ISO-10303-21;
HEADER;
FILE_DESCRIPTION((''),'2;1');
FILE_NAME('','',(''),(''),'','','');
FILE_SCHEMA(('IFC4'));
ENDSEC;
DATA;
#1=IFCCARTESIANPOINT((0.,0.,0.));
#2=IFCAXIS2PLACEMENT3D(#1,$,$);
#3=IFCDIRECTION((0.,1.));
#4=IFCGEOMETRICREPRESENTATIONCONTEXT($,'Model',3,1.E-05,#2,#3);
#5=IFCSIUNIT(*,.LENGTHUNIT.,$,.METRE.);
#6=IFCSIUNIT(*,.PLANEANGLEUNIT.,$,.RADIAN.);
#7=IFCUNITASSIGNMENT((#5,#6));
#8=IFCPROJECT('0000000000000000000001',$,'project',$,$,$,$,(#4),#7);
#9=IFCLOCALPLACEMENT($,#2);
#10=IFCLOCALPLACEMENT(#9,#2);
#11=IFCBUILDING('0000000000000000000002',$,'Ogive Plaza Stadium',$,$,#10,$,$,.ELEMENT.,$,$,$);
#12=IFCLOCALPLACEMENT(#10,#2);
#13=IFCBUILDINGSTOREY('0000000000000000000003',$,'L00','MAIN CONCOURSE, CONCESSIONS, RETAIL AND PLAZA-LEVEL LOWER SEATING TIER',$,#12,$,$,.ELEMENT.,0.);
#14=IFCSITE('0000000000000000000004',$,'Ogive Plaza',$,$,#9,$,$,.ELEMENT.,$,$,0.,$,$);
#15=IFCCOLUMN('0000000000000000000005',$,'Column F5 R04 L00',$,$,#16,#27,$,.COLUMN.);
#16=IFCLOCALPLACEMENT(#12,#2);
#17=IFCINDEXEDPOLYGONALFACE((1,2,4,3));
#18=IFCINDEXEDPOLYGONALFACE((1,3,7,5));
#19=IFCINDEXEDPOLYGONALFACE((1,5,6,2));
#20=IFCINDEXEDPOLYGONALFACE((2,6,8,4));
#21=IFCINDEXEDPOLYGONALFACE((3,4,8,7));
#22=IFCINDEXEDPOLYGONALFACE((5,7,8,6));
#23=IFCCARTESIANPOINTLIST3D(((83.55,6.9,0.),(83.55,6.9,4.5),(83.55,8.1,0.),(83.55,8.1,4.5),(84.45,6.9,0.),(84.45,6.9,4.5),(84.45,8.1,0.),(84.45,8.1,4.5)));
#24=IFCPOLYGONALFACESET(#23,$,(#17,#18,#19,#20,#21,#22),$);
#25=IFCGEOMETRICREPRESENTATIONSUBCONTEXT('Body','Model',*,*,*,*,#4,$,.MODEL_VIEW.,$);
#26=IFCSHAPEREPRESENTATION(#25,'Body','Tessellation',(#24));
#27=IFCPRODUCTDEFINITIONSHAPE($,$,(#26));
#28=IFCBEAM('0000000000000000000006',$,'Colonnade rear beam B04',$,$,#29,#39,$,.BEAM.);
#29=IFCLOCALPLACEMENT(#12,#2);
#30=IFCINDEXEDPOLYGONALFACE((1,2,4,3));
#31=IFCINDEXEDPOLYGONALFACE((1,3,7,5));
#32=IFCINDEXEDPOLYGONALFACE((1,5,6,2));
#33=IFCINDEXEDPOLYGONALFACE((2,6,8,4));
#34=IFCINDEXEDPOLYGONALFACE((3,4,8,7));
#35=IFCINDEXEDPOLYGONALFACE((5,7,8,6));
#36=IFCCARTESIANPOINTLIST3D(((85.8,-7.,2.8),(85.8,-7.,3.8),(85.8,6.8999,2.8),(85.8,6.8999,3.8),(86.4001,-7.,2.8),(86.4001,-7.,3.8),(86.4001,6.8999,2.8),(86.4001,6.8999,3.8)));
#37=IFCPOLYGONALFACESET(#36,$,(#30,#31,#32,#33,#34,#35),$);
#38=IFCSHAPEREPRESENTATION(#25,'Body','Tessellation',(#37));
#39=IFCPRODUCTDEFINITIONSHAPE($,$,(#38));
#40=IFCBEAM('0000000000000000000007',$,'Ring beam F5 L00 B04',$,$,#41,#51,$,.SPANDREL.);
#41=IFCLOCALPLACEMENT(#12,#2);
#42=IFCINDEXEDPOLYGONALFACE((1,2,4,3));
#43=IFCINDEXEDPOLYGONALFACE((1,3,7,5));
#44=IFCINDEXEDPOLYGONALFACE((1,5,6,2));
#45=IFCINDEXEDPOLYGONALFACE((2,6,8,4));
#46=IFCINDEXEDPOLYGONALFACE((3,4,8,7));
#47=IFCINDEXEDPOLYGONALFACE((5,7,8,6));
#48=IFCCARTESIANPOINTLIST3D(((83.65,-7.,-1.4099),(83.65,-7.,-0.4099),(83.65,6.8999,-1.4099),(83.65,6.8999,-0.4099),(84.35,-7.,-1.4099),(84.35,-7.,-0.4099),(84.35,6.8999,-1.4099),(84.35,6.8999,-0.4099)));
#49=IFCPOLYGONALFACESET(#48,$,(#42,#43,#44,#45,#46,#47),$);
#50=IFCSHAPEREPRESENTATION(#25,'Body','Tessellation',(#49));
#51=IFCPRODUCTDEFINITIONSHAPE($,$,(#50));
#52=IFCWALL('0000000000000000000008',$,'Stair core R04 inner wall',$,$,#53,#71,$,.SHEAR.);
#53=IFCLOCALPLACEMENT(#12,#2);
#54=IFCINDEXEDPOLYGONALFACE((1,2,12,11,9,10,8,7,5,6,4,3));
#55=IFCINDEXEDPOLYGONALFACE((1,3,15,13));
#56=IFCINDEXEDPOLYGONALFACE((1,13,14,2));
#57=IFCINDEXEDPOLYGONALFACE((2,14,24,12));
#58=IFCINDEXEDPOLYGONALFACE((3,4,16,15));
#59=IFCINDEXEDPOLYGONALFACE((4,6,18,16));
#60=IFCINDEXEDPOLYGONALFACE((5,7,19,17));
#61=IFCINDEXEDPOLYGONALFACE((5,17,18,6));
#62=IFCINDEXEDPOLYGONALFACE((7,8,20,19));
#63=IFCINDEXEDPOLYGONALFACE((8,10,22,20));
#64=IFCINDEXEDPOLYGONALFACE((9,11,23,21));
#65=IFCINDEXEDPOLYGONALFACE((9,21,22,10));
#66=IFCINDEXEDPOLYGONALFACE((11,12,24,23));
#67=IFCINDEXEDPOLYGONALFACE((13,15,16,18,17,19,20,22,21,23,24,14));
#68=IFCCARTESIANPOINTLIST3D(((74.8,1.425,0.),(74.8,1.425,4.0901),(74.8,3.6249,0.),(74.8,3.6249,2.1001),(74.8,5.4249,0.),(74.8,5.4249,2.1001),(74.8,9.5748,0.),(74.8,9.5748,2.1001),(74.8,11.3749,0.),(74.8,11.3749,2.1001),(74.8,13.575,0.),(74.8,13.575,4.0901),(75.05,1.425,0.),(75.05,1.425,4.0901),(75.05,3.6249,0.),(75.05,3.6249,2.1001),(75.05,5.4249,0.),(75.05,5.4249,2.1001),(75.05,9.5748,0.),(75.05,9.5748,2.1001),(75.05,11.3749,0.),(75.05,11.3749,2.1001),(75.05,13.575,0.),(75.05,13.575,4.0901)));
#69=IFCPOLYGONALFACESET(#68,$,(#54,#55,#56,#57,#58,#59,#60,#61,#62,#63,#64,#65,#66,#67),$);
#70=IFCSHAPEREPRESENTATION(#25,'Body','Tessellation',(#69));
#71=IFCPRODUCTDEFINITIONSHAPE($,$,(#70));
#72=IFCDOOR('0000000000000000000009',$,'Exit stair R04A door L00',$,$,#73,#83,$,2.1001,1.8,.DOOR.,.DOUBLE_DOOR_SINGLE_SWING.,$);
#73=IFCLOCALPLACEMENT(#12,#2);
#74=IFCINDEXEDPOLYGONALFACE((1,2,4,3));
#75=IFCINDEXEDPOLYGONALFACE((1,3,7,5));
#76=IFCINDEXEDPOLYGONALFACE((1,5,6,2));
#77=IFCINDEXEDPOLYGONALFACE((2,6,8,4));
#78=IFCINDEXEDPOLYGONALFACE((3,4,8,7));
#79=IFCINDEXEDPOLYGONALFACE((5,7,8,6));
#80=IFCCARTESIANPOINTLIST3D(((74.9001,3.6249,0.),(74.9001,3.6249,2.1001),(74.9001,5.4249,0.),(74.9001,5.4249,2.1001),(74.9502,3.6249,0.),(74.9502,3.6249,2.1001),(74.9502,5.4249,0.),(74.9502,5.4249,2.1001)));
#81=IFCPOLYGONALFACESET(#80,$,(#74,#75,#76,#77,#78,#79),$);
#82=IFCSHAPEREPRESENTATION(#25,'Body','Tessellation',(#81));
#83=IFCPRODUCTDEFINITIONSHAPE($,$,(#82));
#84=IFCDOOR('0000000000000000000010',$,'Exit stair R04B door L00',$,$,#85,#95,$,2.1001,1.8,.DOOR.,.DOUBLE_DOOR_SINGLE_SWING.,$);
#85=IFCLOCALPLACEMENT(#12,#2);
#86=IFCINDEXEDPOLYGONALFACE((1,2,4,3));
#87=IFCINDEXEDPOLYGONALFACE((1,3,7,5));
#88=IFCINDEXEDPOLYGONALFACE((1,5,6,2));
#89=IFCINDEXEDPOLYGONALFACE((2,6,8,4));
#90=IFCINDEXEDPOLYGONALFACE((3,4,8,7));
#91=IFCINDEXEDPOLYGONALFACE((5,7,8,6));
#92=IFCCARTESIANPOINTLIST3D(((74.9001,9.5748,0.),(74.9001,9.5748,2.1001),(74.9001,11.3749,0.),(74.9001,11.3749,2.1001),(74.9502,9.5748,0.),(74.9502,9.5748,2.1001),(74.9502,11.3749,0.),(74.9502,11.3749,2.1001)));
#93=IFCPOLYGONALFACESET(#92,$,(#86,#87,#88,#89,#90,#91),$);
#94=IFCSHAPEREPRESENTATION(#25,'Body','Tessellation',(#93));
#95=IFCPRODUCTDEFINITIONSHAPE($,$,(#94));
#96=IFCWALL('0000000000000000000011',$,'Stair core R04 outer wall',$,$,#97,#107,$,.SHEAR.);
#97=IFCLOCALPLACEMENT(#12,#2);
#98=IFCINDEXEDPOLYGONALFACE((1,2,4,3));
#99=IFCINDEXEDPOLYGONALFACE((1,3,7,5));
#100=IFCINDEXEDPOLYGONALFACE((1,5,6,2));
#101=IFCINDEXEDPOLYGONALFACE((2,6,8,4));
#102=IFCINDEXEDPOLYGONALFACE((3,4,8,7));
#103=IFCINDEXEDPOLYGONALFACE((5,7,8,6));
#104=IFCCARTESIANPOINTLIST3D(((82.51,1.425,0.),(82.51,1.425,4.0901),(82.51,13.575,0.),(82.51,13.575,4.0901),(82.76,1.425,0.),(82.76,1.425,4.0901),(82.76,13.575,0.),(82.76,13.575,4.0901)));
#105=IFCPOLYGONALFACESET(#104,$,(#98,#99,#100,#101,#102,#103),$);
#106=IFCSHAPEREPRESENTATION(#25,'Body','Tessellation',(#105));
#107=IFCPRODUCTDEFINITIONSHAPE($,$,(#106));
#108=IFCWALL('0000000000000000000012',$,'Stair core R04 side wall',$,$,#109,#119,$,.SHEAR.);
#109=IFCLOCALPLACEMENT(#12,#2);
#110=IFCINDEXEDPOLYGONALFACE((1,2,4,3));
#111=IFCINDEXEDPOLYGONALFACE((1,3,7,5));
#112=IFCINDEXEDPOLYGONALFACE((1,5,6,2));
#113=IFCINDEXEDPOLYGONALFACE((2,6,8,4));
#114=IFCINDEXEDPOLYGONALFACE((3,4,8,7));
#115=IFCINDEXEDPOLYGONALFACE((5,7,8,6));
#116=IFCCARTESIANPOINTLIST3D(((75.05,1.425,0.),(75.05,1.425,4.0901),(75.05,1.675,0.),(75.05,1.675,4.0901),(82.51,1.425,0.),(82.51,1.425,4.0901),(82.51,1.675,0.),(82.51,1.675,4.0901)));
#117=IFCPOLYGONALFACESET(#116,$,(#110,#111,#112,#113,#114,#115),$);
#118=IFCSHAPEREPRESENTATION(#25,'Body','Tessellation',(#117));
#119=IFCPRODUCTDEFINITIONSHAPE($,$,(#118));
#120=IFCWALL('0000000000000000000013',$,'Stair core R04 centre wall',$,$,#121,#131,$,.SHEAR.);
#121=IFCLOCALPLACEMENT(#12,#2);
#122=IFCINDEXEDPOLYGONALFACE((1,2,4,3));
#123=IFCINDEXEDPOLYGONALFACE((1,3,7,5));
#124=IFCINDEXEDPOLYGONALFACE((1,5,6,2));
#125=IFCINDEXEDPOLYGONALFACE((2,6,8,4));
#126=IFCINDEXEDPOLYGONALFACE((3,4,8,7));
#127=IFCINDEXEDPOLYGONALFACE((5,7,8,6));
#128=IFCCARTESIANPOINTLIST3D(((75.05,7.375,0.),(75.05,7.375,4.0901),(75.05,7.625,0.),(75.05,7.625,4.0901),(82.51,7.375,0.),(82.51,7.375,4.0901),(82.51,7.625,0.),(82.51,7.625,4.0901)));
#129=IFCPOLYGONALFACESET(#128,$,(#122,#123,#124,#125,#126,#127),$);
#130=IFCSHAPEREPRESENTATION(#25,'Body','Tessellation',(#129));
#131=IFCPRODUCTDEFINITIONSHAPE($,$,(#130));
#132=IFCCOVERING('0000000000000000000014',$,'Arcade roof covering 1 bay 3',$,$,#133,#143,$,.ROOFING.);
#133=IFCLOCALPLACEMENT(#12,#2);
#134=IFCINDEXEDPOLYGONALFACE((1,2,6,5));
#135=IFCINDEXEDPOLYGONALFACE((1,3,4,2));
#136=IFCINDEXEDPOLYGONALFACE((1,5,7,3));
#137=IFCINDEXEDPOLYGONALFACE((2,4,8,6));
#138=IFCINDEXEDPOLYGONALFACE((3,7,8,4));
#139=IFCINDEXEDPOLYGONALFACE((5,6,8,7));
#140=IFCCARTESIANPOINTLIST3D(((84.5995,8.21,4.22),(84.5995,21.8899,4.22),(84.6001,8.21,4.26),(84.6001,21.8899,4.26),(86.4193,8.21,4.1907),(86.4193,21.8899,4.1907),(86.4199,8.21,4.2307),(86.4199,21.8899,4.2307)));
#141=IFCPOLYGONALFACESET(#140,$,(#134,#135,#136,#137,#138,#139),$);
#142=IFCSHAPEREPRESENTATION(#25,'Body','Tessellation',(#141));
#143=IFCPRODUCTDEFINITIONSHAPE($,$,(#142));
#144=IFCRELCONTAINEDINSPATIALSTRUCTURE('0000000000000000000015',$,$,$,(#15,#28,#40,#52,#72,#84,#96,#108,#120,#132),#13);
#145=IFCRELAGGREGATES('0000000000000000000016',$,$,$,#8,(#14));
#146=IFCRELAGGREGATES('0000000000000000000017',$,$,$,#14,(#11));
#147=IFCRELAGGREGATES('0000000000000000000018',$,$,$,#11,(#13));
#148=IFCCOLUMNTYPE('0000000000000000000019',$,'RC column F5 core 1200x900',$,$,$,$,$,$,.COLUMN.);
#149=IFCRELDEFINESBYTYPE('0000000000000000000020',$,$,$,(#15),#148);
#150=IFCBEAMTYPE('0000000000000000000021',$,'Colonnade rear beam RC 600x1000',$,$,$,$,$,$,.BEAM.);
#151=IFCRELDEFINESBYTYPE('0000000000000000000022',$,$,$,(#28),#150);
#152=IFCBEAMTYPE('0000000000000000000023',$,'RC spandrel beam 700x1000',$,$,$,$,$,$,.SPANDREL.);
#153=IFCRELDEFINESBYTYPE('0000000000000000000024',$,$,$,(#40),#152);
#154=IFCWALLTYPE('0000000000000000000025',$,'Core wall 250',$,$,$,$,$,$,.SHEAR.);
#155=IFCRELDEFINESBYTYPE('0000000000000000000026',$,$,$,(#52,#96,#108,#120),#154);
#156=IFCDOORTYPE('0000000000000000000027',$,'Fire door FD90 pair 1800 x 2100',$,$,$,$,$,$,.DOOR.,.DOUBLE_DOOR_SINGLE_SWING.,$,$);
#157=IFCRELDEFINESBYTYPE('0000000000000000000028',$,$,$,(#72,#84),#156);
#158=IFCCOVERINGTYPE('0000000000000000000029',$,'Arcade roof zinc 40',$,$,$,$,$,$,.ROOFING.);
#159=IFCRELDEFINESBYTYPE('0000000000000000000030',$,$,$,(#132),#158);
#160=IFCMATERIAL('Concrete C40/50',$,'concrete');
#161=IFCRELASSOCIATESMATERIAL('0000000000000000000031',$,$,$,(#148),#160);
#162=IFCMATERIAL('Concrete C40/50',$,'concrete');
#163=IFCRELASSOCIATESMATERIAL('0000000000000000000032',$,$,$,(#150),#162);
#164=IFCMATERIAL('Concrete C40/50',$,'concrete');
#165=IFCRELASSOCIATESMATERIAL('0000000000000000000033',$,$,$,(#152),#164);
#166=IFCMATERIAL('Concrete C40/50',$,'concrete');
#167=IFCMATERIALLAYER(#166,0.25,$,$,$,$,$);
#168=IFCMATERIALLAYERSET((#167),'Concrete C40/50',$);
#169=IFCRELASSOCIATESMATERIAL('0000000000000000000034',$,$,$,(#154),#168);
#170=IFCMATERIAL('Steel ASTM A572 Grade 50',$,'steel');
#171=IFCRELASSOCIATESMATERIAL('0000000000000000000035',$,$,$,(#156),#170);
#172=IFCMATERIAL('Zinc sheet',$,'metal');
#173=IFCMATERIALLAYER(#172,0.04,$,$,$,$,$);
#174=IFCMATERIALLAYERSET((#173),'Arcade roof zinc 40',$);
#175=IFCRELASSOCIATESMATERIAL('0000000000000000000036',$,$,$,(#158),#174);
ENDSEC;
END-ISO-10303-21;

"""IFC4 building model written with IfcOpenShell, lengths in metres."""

from ifc_helpers import new_model, si_unit, direction, frame, frame_2d, origin, origin_2d, place, context, subcontext, project, spatial, polyline, rectangle, outline, extrude, material, layer, layer_set, material_profile, profile_set, type_object, element, fill, save


model = new_model("IFC4")

# Units and contexts
model_context = context("Model", 3, precision=1e-05, world=origin(), true_north=direction((0.0, 1.0)))
body_context = subcontext(model_context, "Body", "Model", "MODEL_VIEW")
ifc_project = project(units=[si_unit("LENGTHUNIT", "METRE"), si_unit("PLANEANGLEUNIT", "RADIAN")], contexts=[model_context])

# Site, building, storey
site_placement = place(None, origin())
site = spatial("IfcSite", under=ifc_project, at=site_placement, Name="Ogive Plaza", CompositionType="ELEMENT", RefElevation=0.0)
building_placement = place(site_placement, origin())
building = spatial("IfcBuilding", under=site, at=building_placement, Name="Ogive Plaza Stadium", CompositionType="ELEMENT")
storey_placement = place(building_placement, origin())
storey = spatial("IfcBuildingStorey", under=building, at=storey_placement, Name="L00", Description="MAIN CONCOURSE, CONCESSIONS, RETAIL AND PLAZA-LEVEL LOWER SEATING TIER", CompositionType="ELEMENT", Elevation=0.0)

# Column
ifc_material_1 = material(Name="Concrete C40/50", Category="concrete")
ifc_material_profile_1 = material_profile(ifc_material_1, rectangle(XDim=1.2, YDim=0.8999, at=origin_2d()), Name="RC 1200x900")
ifc_profile_set_1 = profile_set([ifc_material_profile_1], Name="Concrete C40/50")
column_type = type_object("IfcColumnType", Name="RC column F5 core 1200x900", PredefinedType="COLUMN", material=ifc_profile_set_1)
column_placement = place(storey_placement, frame((84.0, 7.5, 0.0), z_axis=(0.0, 0.0, 1.0), x_axis=(0.0, 1.0, 0.0)))
element("IfcColumn", 1, at=column_placement, inside=storey, type_object=column_type, Name="Column F5 R04 L00", PredefinedType="COLUMN", context=body_context, shape_type="SweptSolid", body=[
    extrude(rectangle(XDim=1.2, YDim=0.8999, at=origin_2d()), origin(), (0.0, 0.0, 1.0), 4.5),
])

# Beams
ifc_material_2 = material(Name="Concrete C40/50", Category="concrete")
ifc_material_profile_2 = material_profile(ifc_material_2, rectangle(XDim=0.6001, YDim=1.0, at=origin_2d()), Name="RC 600x1000")
ifc_profile_set_2 = profile_set([ifc_material_profile_2], Name="Concrete C40/50")
beam_type_1 = type_object("IfcBeamType", Name="Colonnade rear beam RC 600x1000", PredefinedType="BEAM", material=ifc_profile_set_2)
beam_1_placement = place(storey_placement, frame((86.1001, 6.8999, 3.3), z_axis=(0.0, -1.0, 0.0), x_axis=(1.0, 0.0, 0.0)))
element("IfcBeam", 2, at=beam_1_placement, inside=storey, type_object=beam_type_1, Name="Colonnade rear beam B04", PredefinedType="BEAM", context=body_context, shape_type="SweptSolid", body=[
    extrude(rectangle(XDim=0.6001, YDim=1.0, at=origin_2d()), origin(), (0.0, 0.0, 1.0), 13.8999),
])
ifc_material_3 = material(Name="Concrete C40/50", Category="concrete")
ifc_material_profile_3 = material_profile(ifc_material_3, rectangle(XDim=0.7, YDim=1.0, at=origin_2d()), Name="RC 700x1000")
ifc_profile_set_3 = profile_set([ifc_material_profile_3], Name="Concrete C40/50")
beam_type_2 = type_object("IfcBeamType", Name="RC spandrel beam 700x1000", PredefinedType="SPANDREL", material=ifc_profile_set_3)
beam_2_placement = place(storey_placement, frame((84.0, 6.8999, -0.9099), z_axis=(0.0, -1.0, 0.0), x_axis=(1.0, 0.0, 0.0)))
element("IfcBeam", 3, at=beam_2_placement, inside=storey, type_object=beam_type_2, Name="Ring beam F5 L00 B04", PredefinedType="SPANDREL", context=body_context, shape_type="SweptSolid", body=[
    extrude(rectangle(XDim=0.7, YDim=1.0, at=origin_2d()), origin(), (0.0, 0.0, 1.0), 13.8999),
])

# Wall, openings, doors
ifc_material_4 = material(Name="Concrete C40/50", Category="concrete")
ifc_layer_1 = layer(ifc_material_4, 0.25)
ifc_layer_set_1 = layer_set([ifc_layer_1], Name="Concrete C40/50")
wall_type_1 = type_object("IfcWallType", Name="Core wall 250", PredefinedType="SHEAR", material=ifc_layer_set_1)
wall_1_placement = place(storey_placement, frame((74.925, 1.425, 0.0), z_axis=(0.0, 0.0, 1.0), x_axis=(0.0, 1.0, 0.0)))
wall_1 = element("IfcWall", 4, at=wall_1_placement, inside=storey, type_object=wall_type_1, Name="Stair core R04 inner wall", PredefinedType="SHEAR", context=body_context, shape_type="SweptSolid", body=[
    extrude(rectangle(XDim=12.1499, YDim=0.25, at=frame_2d((6.075, 0.0))), origin(), (0.0, 0.0, 1.0), 4.0901),
])
opening_1_placement = place(wall_1_placement, frame((2.2, 0.0, 0.0)))
opening_1 = element("IfcOpeningElement", 5, at=opening_1_placement, cuts=wall_1, PredefinedType="OPENING", context=body_context, shape_type="SweptSolid", body=[
    extrude(rectangle(XDim=1.8, YDim=2.1001, at=frame_2d((0.8999, 1.05))), frame((0.0, 0.125, 0.0), z_axis=(0.0, -1.0, 0.0), x_axis=(1.0, 0.0, 0.0)), (0.0, 0.0, 1.0), 0.25),
])
opening_2_placement = place(wall_1_placement, frame((8.1499, 0.0, 0.0)))
opening_2 = element("IfcOpeningElement", 6, at=opening_2_placement, cuts=wall_1, PredefinedType="OPENING", context=body_context, shape_type="SweptSolid", body=[
    extrude(rectangle(XDim=1.8, YDim=2.1001, at=frame_2d((0.8999, 1.05))), frame((0.0, 0.125, 0.0), z_axis=(0.0, -1.0, 0.0), x_axis=(1.0, 0.0, 0.0)), (0.0, 0.0, 1.0), 0.25),
])
ifc_material_5 = material(Name="Steel ASTM A572 Grade 50", Category="steel")
door_type_1 = type_object("IfcDoorType", Name="Fire door FD90 pair 1800 x 2100", OperationType="DOUBLE_DOOR_SINGLE_SWING", PredefinedType="DOOR", material=ifc_material_5)
door_1_placement = place(opening_1_placement, origin())
door_1 = element("IfcDoor", 7, at=door_1_placement, inside=storey, type_object=door_type_1, Name="Exit stair R04A door L00", OperationType="DOUBLE_DOOR_SINGLE_SWING", OverallHeight=2.1001, OverallWidth=1.8, PredefinedType="DOOR", context=body_context, shape_type="SweptSolid", body=[
    extrude(rectangle(XDim=1.8, YDim=2.1001, at=frame_2d((0.8999, 1.05))), frame((0.0, 0.0249, 0.0), z_axis=(0.0, -1.0, 0.0), x_axis=(1.0, 0.0, 0.0)), (0.0, 0.0, 1.0), 0.05),
])
fill(opening_1, door_1)
door_2_placement = place(opening_2_placement, origin())
door_2 = element("IfcDoor", 8, at=door_2_placement, inside=storey, type_object=door_type_1, Name="Exit stair R04B door L00", OperationType="DOUBLE_DOOR_SINGLE_SWING", OverallHeight=2.1001, OverallWidth=1.8, PredefinedType="DOOR", context=body_context, shape_type="SweptSolid", body=[
    extrude(rectangle(XDim=1.8, YDim=2.1001, at=frame_2d((0.8999, 1.05))), frame((0.0, 0.0249, 0.0), z_axis=(0.0, -1.0, 0.0), x_axis=(1.0, 0.0, 0.0)), (0.0, 0.0, 1.0), 0.05),
])
fill(opening_2, door_2)

# Walls
wall_2_placement = place(storey_placement, frame((82.635, 1.425, 0.0), z_axis=(0.0, 0.0, 1.0), x_axis=(0.0, 1.0, 0.0)))
element("IfcWall", 9, at=wall_2_placement, inside=storey, type_object=wall_type_1, Name="Stair core R04 outer wall", PredefinedType="SHEAR", context=body_context, shape_type="SweptSolid", body=[
    extrude(rectangle(XDim=12.1499, YDim=0.25, at=frame_2d((6.075, 0.0))), origin(), (0.0, 0.0, 1.0), 4.0901),
])
for number, where, z_axis, x_axis, name in (
    (10, (75.05, 1.55, 0.0), (0.0, 0.0, 1.0), (1.0, 0.0, 0.0), "Stair core R04 side wall"),
    (11, (75.05, 7.5, 0.0), (0.0, 0.0, 1.0), (1.0, 0.0, 0.0), "Stair core R04 centre wall"),
):
    element("IfcWall", number, at=place(storey_placement, frame(where, z_axis=z_axis, x_axis=x_axis)), inside=storey, type_object=wall_type_1, Name=name, PredefinedType="SHEAR", context=body_context, shape_type="SweptSolid", body=[
        extrude(rectangle(XDim=7.46, YDim=0.25, at=frame_2d((3.73, 0.0))), origin(), (0.0, 0.0, 1.0), 4.0901),
    ])

# Covering
ifc_material_6 = material(Name="Zinc sheet", Category="metal")
ifc_layer_2 = layer(ifc_material_6, 0.04)
ifc_layer_set_2 = layer_set([ifc_layer_2], Name="Arcade roof zinc 40")
covering_type_1 = type_object("IfcCoveringType", Name="Arcade roof zinc 40", PredefinedType="ROOFING", material=ifc_layer_set_2)
covering_1_placement = place(storey_placement, frame((84.6001, 8.21, 4.26), z_axis=(0.016097, 0.0, 0.99987), x_axis=(0.99987, 0.0, -0.016097)))
element("IfcCovering", 12, at=covering_1_placement, inside=storey, type_object=covering_type_1, Name="Arcade roof covering 1 bay 3", PredefinedType="ROOFING", context=body_context, shape_type="SweptSolid", body=[
    extrude(outline(polyline([(0.0, 0.0), (1.8201, 0.0), (1.8201, 13.6799), (0.0, 13.6799), (0.0, 0.0)])), origin(), (0.0, 0.0, -1.0), 0.04),
])

save(model, "model.ifc")
